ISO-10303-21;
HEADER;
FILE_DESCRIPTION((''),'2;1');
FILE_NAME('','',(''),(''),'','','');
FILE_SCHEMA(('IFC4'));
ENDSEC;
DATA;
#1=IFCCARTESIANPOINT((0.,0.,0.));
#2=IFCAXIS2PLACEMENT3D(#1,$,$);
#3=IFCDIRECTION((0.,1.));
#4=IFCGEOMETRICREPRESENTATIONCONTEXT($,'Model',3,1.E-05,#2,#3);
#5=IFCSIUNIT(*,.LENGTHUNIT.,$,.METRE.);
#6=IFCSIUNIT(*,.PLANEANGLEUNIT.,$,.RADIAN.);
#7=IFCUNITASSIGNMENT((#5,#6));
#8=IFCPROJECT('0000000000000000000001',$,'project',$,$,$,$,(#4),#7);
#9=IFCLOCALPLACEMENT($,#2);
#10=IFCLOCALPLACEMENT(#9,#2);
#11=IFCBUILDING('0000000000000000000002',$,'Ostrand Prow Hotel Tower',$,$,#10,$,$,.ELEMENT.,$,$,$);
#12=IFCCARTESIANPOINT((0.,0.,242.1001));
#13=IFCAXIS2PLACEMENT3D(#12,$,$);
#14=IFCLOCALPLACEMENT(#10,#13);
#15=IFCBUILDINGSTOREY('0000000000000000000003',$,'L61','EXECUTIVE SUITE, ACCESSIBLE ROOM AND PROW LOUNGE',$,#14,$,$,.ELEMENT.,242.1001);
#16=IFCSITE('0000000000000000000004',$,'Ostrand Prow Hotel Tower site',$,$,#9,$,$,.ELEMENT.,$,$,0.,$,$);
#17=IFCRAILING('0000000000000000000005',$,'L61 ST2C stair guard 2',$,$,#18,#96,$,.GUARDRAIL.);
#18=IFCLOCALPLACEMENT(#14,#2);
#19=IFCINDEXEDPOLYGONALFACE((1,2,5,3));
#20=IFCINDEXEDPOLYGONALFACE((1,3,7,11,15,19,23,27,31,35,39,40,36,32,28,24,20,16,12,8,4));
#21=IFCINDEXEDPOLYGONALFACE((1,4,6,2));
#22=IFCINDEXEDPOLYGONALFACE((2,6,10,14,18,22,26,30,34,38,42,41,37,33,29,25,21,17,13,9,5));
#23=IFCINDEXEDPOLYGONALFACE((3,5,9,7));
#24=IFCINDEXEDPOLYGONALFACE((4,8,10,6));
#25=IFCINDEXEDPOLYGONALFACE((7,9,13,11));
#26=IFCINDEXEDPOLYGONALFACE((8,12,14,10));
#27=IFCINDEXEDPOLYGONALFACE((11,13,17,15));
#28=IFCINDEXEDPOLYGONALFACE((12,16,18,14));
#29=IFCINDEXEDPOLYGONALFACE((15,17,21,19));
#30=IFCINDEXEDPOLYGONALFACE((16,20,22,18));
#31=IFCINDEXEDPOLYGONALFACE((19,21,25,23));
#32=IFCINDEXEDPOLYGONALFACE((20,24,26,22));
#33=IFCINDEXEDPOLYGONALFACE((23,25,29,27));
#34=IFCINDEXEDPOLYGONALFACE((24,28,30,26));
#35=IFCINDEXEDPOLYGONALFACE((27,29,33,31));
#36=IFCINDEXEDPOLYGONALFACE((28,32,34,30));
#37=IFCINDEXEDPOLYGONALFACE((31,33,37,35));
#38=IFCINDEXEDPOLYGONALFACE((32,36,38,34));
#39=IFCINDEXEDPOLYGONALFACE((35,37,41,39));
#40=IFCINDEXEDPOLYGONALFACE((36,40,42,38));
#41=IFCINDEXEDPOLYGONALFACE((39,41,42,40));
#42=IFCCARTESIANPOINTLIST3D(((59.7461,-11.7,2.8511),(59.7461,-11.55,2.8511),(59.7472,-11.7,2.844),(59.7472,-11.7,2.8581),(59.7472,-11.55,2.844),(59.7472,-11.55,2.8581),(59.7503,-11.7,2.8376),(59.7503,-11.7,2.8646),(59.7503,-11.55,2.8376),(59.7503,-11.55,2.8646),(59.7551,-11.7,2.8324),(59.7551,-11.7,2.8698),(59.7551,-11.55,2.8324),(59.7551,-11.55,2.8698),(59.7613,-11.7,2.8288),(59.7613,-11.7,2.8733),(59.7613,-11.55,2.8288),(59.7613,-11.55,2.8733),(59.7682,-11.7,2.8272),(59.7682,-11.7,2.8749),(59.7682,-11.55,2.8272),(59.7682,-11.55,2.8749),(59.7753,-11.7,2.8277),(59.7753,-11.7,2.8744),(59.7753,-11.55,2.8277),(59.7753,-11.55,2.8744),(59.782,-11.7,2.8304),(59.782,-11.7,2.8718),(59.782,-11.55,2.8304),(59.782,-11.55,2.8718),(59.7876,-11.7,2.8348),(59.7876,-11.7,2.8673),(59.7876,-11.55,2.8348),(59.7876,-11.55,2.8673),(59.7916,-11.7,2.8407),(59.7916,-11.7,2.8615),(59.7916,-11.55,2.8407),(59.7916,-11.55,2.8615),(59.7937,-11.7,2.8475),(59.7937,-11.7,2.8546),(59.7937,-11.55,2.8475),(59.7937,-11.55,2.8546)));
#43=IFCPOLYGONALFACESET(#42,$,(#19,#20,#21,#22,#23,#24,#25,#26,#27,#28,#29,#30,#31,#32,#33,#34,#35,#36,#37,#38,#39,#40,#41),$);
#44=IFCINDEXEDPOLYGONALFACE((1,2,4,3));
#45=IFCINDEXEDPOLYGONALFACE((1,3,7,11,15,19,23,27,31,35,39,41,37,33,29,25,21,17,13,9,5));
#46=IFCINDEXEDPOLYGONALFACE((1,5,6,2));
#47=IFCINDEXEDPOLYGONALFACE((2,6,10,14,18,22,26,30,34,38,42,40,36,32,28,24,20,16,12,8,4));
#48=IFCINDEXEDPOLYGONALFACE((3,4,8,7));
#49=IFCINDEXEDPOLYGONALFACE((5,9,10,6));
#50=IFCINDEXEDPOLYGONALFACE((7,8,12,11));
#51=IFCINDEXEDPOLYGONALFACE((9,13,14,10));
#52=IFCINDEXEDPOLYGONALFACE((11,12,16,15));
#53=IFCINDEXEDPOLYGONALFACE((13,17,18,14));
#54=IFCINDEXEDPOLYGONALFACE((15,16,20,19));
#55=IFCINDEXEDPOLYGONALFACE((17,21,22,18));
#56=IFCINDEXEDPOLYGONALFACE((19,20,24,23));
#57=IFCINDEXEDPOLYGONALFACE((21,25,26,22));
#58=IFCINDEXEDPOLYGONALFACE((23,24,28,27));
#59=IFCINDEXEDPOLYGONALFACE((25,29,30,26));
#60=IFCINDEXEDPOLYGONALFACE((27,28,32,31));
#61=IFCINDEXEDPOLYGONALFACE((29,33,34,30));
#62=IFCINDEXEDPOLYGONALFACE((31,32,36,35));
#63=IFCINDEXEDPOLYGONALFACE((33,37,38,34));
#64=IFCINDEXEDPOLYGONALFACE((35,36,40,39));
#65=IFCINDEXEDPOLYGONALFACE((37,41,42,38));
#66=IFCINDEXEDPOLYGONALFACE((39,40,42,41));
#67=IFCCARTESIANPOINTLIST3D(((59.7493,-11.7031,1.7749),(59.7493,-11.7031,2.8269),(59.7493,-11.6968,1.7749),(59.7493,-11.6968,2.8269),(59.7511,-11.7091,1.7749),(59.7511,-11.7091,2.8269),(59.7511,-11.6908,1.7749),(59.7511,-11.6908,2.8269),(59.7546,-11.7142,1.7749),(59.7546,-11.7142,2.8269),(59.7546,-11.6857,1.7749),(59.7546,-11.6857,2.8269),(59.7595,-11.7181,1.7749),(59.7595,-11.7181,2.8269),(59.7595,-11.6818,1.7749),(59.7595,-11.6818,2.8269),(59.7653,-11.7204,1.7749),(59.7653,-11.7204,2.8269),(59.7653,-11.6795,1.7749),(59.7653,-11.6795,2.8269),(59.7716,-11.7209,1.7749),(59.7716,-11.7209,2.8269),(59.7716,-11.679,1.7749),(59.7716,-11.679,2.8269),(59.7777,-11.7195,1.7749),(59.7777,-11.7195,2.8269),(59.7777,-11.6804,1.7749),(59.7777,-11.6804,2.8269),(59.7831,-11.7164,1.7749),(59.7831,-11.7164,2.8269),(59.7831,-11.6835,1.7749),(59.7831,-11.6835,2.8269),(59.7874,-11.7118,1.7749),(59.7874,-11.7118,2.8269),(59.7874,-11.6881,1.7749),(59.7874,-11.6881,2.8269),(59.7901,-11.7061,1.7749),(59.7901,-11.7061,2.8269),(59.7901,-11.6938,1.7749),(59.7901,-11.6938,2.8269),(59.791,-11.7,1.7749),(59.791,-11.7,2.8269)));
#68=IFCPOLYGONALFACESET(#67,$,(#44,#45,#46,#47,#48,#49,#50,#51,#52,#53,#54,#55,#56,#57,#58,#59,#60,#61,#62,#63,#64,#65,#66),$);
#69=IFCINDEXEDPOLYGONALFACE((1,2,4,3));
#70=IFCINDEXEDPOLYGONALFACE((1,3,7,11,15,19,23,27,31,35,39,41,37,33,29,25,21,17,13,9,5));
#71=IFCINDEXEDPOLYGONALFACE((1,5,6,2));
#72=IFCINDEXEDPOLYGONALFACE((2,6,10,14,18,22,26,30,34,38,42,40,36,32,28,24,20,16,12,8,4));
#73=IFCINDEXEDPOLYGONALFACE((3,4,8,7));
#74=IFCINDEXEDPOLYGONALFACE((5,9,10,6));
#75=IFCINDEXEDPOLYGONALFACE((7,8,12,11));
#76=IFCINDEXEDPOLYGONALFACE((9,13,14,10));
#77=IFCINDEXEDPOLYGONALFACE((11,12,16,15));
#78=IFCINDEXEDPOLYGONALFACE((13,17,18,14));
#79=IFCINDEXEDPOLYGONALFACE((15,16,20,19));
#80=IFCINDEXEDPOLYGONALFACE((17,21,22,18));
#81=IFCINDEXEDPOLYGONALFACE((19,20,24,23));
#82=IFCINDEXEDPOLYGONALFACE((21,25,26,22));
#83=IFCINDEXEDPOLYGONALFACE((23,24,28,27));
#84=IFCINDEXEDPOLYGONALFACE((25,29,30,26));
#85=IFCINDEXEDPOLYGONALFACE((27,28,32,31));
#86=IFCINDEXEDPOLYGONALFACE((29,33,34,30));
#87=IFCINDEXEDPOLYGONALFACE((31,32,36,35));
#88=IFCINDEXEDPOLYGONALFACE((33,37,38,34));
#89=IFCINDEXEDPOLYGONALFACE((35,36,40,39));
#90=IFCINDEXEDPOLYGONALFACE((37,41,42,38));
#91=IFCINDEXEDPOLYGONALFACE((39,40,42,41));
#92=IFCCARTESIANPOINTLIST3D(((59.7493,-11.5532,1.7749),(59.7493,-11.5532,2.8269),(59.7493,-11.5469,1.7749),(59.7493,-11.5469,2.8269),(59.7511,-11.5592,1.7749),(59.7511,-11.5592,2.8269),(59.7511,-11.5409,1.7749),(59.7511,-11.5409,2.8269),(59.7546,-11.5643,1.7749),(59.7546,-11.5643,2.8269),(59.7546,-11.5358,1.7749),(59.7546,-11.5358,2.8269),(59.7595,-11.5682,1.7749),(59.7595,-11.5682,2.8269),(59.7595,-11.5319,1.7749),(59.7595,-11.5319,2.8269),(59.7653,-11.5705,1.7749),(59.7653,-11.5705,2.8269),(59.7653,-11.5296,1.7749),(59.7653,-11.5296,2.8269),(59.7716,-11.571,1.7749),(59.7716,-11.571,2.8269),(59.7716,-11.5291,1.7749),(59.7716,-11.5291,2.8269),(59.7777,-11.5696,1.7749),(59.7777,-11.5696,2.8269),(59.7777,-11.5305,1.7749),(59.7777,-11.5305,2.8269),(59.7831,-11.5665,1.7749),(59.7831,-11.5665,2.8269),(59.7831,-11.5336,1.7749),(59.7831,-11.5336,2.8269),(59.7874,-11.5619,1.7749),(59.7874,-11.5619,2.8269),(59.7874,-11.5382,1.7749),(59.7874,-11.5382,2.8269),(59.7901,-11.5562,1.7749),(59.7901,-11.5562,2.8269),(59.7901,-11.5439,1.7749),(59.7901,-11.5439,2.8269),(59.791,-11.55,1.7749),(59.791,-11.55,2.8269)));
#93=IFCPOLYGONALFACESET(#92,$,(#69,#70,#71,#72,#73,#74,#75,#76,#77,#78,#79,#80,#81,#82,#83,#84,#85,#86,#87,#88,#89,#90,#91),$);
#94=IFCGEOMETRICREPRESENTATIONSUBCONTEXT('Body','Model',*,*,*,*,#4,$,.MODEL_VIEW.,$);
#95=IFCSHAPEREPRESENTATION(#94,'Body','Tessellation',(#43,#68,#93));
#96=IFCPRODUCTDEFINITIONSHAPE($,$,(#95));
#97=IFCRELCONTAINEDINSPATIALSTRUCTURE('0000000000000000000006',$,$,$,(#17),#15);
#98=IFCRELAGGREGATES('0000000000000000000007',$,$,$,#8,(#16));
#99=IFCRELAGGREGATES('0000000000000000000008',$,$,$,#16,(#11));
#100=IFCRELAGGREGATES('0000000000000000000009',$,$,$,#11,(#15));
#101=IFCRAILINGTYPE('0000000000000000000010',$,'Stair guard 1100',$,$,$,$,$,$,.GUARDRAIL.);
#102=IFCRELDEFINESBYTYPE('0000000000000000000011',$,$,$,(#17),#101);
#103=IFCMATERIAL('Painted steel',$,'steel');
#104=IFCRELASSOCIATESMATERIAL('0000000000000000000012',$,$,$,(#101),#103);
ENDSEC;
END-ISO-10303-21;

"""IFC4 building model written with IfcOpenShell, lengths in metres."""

from ifc_helpers import new_model, si_unit, direction, frame, origin, origin_2d, place, context, subcontext, project, spatial, circle, extrude, material, type_object, element, save


model = new_model("IFC4")

# Units and contexts
model_context = context("Model", 3, precision=1e-05, world=origin(), true_north=direction((0.0, 1.0)))
body_context = subcontext(model_context, "Body", "Model", "MODEL_VIEW")
ifc_project = project(units=[si_unit("LENGTHUNIT", "METRE"), si_unit("PLANEANGLEUNIT", "RADIAN")], contexts=[model_context])

# Site, building, storey
site_placement = place(None, origin())
site = spatial("IfcSite", under=ifc_project, at=site_placement, Name="Ostrand Prow Hotel Tower site", CompositionType="ELEMENT", RefElevation=0.0)
building_placement = place(site_placement, origin())
building = spatial("IfcBuilding", under=site, at=building_placement, Name="Ostrand Prow Hotel Tower", CompositionType="ELEMENT")
storey_placement = place(building_placement, frame((0.0, 0.0, 242.1001)))
storey = spatial("IfcBuildingStorey", under=building, at=storey_placement, Name="L61", Description="EXECUTIVE SUITE, ACCESSIBLE ROOM AND PROW LOUNGE", CompositionType="ELEMENT", Elevation=242.1001)

# Railing
ifc_material_1 = material(Name="Painted steel", Category="steel")
railing_type_1 = type_object("IfcRailingType", Name="Stair guard 1100", PredefinedType="GUARDRAIL", material=ifc_material_1)
railing_1_placement = place(storey_placement, frame((59.77, -11.7, 1.7749)))
element("IfcRailing", 1, at=railing_1_placement, inside=storey, type_object=railing_type_1, Name="L61 ST2C stair guard 2", PredefinedType="GUARDRAIL", context=body_context, shape_type="SweptSolid", body=[
    extrude(circle(Radius=0.0239, at=origin_2d()), frame((0.0, 0.0, 1.0762), z_axis=(0.0, 1.0, 0.0), x_axis=(-1.0, 0.0, 0.0)), (0.0, 0.0, 1.0), 0.1499),
    extrude(circle(Radius=0.021, at=origin_2d()), origin(), (0.0, 0.0, 1.0), 1.052),
    extrude(circle(Radius=0.021, at=origin_2d()), frame((0.0, 0.1499, 0.0)), (0.0, 0.0, 1.0), 1.052),
])

save(model, "model.ifc")
